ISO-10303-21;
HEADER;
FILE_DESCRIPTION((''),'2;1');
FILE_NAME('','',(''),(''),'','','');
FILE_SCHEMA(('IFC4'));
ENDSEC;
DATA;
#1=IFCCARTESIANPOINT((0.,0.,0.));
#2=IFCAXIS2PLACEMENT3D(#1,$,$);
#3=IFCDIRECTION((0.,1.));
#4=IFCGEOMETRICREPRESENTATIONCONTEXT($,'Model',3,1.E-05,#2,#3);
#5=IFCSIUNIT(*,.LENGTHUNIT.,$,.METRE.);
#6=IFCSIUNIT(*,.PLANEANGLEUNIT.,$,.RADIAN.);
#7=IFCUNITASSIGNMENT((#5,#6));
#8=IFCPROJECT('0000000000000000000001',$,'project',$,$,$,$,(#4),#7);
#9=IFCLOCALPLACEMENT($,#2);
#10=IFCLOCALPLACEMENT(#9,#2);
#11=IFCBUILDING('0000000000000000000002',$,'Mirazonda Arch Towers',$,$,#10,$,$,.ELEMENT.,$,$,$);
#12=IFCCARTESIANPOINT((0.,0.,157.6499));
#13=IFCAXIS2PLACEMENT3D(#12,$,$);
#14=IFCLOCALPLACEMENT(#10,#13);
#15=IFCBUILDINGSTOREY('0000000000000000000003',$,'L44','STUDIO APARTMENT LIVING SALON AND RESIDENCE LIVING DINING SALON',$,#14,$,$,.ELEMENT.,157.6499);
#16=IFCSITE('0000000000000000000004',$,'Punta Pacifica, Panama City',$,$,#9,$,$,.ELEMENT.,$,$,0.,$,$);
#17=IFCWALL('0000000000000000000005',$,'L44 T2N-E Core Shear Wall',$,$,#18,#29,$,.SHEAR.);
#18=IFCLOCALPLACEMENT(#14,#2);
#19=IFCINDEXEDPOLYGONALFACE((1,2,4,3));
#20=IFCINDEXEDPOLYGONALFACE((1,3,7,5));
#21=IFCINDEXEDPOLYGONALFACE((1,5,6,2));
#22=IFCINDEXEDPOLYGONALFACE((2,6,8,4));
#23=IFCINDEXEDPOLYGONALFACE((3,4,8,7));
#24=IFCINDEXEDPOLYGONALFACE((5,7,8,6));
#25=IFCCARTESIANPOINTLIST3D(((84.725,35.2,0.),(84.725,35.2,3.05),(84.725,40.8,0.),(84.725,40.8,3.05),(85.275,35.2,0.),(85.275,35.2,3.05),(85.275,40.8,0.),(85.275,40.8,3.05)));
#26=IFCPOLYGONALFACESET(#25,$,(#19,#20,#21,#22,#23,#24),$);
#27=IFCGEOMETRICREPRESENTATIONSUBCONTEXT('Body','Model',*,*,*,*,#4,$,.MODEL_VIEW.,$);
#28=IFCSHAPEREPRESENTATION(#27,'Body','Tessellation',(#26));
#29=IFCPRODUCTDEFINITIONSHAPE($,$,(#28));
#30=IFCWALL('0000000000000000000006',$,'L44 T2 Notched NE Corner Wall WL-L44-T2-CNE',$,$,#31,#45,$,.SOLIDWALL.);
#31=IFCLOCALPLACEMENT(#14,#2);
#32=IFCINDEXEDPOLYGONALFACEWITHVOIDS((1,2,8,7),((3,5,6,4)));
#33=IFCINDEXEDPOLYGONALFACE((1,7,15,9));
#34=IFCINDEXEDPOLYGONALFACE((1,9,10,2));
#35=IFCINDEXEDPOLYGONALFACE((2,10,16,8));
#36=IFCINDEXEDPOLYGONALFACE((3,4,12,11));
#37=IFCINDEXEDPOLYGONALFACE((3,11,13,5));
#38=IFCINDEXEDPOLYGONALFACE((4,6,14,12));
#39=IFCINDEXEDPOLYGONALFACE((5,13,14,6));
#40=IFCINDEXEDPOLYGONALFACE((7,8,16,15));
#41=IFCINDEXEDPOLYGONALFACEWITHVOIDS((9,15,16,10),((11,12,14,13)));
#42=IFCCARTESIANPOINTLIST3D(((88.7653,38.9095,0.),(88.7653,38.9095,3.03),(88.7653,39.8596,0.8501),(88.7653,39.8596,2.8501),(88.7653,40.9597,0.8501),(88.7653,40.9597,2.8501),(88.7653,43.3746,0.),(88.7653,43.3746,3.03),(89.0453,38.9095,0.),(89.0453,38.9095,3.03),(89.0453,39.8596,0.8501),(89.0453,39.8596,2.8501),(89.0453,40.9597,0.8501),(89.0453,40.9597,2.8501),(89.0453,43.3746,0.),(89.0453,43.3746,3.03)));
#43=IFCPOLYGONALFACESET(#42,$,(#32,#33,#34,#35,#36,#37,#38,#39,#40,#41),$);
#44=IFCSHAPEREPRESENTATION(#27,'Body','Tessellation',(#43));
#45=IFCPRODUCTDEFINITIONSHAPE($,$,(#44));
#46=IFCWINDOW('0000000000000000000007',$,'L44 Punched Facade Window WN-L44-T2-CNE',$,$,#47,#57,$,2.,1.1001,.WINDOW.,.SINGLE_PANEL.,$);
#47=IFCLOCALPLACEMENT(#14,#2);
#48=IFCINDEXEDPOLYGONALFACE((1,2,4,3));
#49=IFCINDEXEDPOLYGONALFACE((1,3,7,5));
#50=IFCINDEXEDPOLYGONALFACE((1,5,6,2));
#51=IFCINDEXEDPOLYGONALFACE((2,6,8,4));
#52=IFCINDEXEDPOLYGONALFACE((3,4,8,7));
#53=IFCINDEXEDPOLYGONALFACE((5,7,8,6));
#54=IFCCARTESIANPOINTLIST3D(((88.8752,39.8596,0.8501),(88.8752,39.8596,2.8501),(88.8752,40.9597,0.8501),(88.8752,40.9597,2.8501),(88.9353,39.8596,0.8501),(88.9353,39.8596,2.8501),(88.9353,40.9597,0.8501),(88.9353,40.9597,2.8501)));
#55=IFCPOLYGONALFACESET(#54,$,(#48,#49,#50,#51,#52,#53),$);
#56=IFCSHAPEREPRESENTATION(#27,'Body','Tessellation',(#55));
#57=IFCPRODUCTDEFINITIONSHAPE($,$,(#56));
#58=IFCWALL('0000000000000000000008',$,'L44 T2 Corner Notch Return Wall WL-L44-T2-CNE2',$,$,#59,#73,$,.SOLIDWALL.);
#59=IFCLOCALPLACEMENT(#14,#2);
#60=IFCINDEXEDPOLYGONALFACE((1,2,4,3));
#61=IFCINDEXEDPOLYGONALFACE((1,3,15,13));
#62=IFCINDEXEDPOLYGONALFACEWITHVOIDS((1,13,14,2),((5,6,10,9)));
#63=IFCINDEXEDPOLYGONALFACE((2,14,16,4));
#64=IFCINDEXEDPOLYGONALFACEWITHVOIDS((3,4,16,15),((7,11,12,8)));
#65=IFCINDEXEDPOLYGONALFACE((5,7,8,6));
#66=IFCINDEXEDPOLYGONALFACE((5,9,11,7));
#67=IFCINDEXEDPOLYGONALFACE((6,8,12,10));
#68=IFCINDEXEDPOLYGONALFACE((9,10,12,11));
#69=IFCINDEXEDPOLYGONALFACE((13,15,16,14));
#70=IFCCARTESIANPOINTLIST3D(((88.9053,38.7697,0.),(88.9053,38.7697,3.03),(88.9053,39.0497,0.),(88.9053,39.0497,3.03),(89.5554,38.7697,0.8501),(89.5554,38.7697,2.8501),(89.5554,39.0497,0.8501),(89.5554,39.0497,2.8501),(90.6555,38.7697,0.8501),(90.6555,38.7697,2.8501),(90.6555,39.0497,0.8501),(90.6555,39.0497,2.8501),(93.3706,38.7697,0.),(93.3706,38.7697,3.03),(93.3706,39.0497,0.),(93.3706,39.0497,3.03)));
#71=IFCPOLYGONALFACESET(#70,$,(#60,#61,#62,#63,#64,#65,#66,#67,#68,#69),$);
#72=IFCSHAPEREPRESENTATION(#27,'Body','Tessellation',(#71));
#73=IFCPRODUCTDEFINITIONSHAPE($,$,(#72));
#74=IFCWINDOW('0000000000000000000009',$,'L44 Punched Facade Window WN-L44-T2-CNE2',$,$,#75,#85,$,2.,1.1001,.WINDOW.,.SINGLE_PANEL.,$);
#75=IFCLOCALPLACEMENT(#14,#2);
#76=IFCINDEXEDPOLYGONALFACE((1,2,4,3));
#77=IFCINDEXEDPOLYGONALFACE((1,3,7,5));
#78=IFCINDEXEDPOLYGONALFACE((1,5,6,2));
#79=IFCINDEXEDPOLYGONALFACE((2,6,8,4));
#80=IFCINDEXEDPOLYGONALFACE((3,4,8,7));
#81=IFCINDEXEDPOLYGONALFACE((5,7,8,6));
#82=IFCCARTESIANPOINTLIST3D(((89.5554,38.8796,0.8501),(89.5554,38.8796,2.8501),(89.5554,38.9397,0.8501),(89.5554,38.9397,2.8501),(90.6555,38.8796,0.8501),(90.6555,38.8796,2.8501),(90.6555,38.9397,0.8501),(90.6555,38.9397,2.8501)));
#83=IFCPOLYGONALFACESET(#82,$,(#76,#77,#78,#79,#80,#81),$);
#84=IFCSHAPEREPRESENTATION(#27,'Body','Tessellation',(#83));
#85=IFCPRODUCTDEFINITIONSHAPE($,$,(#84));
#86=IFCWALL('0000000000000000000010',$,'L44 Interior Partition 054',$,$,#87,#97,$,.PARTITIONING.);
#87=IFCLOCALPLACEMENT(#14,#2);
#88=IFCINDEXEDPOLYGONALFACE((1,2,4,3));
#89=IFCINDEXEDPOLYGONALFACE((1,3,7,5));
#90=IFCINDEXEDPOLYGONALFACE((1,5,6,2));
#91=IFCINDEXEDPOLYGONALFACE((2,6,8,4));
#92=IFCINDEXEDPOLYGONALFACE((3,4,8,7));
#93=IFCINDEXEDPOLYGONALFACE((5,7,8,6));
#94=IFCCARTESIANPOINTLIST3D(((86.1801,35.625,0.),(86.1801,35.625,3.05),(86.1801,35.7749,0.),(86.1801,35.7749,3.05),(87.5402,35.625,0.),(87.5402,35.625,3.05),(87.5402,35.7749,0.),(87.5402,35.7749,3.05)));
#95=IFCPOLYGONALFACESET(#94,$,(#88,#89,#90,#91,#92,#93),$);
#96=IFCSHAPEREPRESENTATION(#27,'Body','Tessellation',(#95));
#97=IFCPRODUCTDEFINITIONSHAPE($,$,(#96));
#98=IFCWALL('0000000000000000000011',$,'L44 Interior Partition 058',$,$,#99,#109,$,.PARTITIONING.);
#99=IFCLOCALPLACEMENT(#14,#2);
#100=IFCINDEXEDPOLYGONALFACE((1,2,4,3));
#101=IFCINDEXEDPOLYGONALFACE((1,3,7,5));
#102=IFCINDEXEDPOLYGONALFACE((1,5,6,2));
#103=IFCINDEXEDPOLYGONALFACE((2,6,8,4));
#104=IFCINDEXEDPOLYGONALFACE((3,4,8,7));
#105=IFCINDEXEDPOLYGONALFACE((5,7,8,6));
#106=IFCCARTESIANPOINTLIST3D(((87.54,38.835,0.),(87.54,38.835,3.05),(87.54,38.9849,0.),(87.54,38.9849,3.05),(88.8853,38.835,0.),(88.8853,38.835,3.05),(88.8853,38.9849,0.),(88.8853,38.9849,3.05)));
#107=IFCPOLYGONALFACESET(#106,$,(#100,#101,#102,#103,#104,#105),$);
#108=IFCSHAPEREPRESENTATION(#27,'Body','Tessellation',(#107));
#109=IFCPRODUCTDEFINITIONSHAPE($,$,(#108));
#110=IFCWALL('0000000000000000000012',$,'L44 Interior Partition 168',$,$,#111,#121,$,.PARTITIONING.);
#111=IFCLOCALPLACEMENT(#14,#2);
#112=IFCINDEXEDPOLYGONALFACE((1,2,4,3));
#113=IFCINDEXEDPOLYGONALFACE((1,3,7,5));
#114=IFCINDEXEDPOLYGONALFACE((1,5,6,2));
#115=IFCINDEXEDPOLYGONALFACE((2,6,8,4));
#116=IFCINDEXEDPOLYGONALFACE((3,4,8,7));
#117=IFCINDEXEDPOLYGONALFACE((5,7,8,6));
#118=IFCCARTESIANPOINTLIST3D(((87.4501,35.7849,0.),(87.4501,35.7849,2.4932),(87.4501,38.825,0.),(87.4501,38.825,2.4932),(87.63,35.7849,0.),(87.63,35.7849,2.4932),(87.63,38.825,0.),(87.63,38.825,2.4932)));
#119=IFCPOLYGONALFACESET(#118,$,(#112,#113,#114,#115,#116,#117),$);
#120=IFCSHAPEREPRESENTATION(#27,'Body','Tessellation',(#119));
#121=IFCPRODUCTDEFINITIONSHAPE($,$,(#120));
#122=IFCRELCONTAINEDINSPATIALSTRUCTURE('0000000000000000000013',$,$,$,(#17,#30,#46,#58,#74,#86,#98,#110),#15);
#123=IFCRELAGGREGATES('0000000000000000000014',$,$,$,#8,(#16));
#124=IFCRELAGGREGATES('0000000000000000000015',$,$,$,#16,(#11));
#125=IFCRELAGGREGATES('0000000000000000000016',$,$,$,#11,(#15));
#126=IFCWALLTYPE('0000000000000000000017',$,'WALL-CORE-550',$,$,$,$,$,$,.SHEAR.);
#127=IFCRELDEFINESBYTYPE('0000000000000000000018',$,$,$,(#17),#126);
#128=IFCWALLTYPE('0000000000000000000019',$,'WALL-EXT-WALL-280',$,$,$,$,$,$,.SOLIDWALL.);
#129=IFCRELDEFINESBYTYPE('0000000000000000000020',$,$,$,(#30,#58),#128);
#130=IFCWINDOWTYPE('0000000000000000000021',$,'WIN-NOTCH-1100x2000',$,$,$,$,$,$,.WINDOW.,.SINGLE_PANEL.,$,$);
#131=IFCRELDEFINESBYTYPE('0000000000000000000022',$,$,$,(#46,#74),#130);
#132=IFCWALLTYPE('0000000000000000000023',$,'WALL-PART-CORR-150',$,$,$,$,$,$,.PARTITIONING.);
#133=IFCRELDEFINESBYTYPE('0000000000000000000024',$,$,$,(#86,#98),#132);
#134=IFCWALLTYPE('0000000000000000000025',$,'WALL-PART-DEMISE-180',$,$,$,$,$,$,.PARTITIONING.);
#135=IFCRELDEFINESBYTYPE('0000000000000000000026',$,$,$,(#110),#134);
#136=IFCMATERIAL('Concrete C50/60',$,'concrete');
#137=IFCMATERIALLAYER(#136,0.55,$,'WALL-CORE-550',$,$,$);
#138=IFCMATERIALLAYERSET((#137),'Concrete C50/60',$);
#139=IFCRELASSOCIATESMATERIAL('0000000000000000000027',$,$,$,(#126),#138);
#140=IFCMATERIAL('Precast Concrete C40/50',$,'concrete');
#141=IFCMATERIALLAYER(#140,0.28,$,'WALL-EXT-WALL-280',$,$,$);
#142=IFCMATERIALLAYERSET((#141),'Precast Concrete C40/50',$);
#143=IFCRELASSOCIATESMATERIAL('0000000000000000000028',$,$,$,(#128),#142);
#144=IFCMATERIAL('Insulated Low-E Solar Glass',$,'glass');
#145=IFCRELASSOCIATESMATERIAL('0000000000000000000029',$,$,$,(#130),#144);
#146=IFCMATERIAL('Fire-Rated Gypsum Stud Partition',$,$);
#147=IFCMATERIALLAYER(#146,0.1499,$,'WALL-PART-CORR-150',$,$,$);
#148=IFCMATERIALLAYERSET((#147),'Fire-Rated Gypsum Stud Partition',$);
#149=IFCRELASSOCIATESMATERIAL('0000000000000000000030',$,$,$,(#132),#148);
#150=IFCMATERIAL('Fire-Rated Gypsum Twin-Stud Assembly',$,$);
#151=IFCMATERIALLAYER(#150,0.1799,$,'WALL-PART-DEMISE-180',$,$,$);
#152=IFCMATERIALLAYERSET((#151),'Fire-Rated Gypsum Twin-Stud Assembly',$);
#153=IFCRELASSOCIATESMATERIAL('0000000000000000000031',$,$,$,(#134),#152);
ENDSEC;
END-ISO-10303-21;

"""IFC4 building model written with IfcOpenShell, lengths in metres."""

from ifc_helpers import new_model, si_unit, direction, frame, frame_2d, origin, place, context, subcontext, project, spatial, rectangle, extrude, material, layer, layer_set, type_object, element, fill, save


model = new_model("IFC4")

# Units and contexts
model_context = context("Model", 3, precision=1e-05, world=origin(), true_north=direction((0.0, 1.0)))
body_context = subcontext(model_context, "Body", "Model", "MODEL_VIEW")
ifc_project = project(units=[si_unit("LENGTHUNIT", "METRE"), si_unit("PLANEANGLEUNIT", "RADIAN")], contexts=[model_context])

# Site, building, storey
site_placement = place(None, origin())
site = spatial("IfcSite", under=ifc_project, at=site_placement, Name="Punta Pacifica, Panama City", CompositionType="ELEMENT", RefElevation=0.0)
building_placement = place(site_placement, origin())
building = spatial("IfcBuilding", under=site, at=building_placement, Name="Mirazonda Arch Towers", CompositionType="ELEMENT")
storey_placement = place(building_placement, frame((0.0, 0.0, 157.6499)))
storey = spatial("IfcBuildingStorey", under=building, at=storey_placement, Name="L44", Description="STUDIO APARTMENT LIVING SALON AND RESIDENCE LIVING DINING SALON", CompositionType="ELEMENT", Elevation=157.6499)

# Shared definitions
ifc_material_1 = material(Name="Concrete C50/60", Category="concrete")

# Shared definitions
ifc_material_2 = material(Name="Insulated Low-E Solar Glass", Category="glass")

# Wall
ifc_layer_1 = layer(ifc_material_1, 0.55, Name="WALL-CORE-550")
ifc_layer_set_1 = layer_set([ifc_layer_1], Name="Concrete C50/60")
wall_type_1 = type_object("IfcWallType", Name="WALL-CORE-550", PredefinedType="SHEAR", material=ifc_layer_set_1)
wall_1_placement = place(storey_placement, frame((85.0, 35.2, 0.0), z_axis=(0.0, 0.0, 1.0), x_axis=(0.0, 1.0, 0.0)))
element("IfcWall", 1, at=wall_1_placement, inside=storey, type_object=wall_type_1, Name="L44 T2N-E Core Shear Wall", PredefinedType="SHEAR", context=body_context, shape_type="SweptSolid", body=[
    extrude(rectangle(XDim=5.6001, YDim=0.55, at=frame_2d((2.8, 0.0))), origin(), (0.0, 0.0, 1.0), 3.05),
])

# Walls, openings, windows
ifc_material_3 = material(Name="Precast Concrete C40/50", Category="concrete")
ifc_layer_2 = layer(ifc_material_3, 0.28, Name="WALL-EXT-WALL-280")
ifc_layer_set_2 = layer_set([ifc_layer_2], Name="Precast Concrete C40/50")
wall_type_2 = type_object("IfcWallType", Name="WALL-EXT-WALL-280", PredefinedType="SOLIDWALL", material=ifc_layer_set_2)
wall_2_placement = place(storey_placement, frame((88.9053, 38.9097, 0.0), z_axis=(0.0, 0.0, 1.0), x_axis=(0.0, 1.0, 0.0)))
wall_2 = element("IfcWall", 2, at=wall_2_placement, inside=storey, type_object=wall_type_2, Name="L44 T2 Notched NE Corner Wall WL-L44-T2-CNE", PredefinedType="SOLIDWALL", context=body_context, shape_type="SweptSolid", body=[
    extrude(rectangle(XDim=4.4651, YDim=0.28, at=frame_2d((2.2324, 0.0))), origin(), (0.0, 0.0, 1.0), 3.03),
])
opening_1_placement = place(wall_2_placement, frame((0.95, 0.0, 0.8501)))
opening_1 = element("IfcOpeningElement", 3, at=opening_1_placement, cuts=wall_2, PredefinedType="OPENING", context=body_context, shape_type="SweptSolid", body=[
    extrude(rectangle(XDim=1.1001, YDim=2.0, at=frame_2d((0.55, 1.0))), frame((0.0, 0.1499, 0.0), z_axis=(0.0, -1.0, 0.0), x_axis=(1.0, 0.0, 0.0)), (0.0, 0.0, 1.0), 0.3),
])
window_type = type_object("IfcWindowType", Name="WIN-NOTCH-1100x2000", PartitioningType="SINGLE_PANEL", PredefinedType="WINDOW", material=ifc_material_2)
window_1_placement = place(opening_1_placement, origin())
window_1 = element("IfcWindow", 4, at=window_1_placement, inside=storey, type_object=window_type, Name="L44 Punched Facade Window WN-L44-T2-CNE", OverallHeight=2.0, OverallWidth=1.1001, PartitioningType="SINGLE_PANEL", PredefinedType="WINDOW", context=body_context, shape_type="SweptSolid", body=[
    extrude(rectangle(XDim=1.1001, YDim=2.0, at=frame_2d((0.55, 1.0))), frame((0.0, 0.03, 0.0), z_axis=(0.0, -1.0, 0.0), x_axis=(1.0, 0.0, 0.0)), (0.0, 0.0, 1.0), 0.0601),
])
fill(opening_1, window_1)
wall_3_placement = place(storey_placement, frame((93.3706, 38.9097, 0.0), z_axis=(0.0, 0.0, 1.0), x_axis=(-1.0, 0.0, 0.0)))
wall_3 = element("IfcWall", 5, at=wall_3_placement, inside=storey, type_object=wall_type_2, Name="L44 T2 Corner Notch Return Wall WL-L44-T2-CNE2", PredefinedType="SOLIDWALL", context=body_context, shape_type="SweptSolid", body=[
    extrude(rectangle(XDim=4.4653, YDim=0.28, at=frame_2d((2.2327, 0.0))), origin(), (0.0, 0.0, 1.0), 3.03),
])
opening_2_placement = place(wall_3_placement, frame((2.7151, 0.0, 0.8501)))
opening_2 = element("IfcOpeningElement", 6, at=opening_2_placement, cuts=wall_3, PredefinedType="OPENING", context=body_context, shape_type="SweptSolid", body=[
    extrude(rectangle(XDim=1.1001, YDim=2.0, at=frame_2d((0.55, 1.0))), frame((0.0, 0.1499, 0.0), z_axis=(0.0, -1.0, 0.0), x_axis=(1.0, 0.0, 0.0)), (0.0, 0.0, 1.0), 0.3),
])
window_2_placement = place(opening_2_placement, origin())
window_2 = element("IfcWindow", 7, at=window_2_placement, inside=storey, type_object=window_type, Name="L44 Punched Facade Window WN-L44-T2-CNE2", OverallHeight=2.0, OverallWidth=1.1001, PartitioningType="SINGLE_PANEL", PredefinedType="WINDOW", context=body_context, shape_type="SweptSolid", body=[
    extrude(rectangle(XDim=1.1001, YDim=2.0, at=frame_2d((0.55, 1.0))), frame((0.0, 0.03, 0.0), z_axis=(0.0, -1.0, 0.0), x_axis=(1.0, 0.0, 0.0)), (0.0, 0.0, 1.0), 0.0601),
])
fill(opening_2, window_2)

# Walls
ifc_material_4 = material(Name="Fire-Rated Gypsum Stud Partition")
ifc_layer_3 = layer(ifc_material_4, 0.1499, Name="WALL-PART-CORR-150")
ifc_layer_set_3 = layer_set([ifc_layer_3], Name="Fire-Rated Gypsum Stud Partition")
wall_type_3 = type_object("IfcWallType", Name="WALL-PART-CORR-150", PredefinedType="PARTITIONING", material=ifc_layer_set_3)
wall_4_placement = place(storey_placement, frame((86.1799, 35.7, 0.0), z_axis=(0.0, 0.0, 1.0), x_axis=(1.0, 0.0, 0.0)))
element("IfcWall", 8, at=wall_4_placement, inside=storey, type_object=wall_type_3, Name="L44 Interior Partition 054", PredefinedType="PARTITIONING", context=body_context, shape_type="SweptSolid", body=[
    extrude(rectangle(XDim=1.3601, YDim=0.1499, at=frame_2d((0.6802, 0.0))), origin(), (0.0, 0.0, 1.0), 3.05),
])
wall_5_placement = place(storey_placement, frame((87.54, 38.9099, 0.0), z_axis=(0.0, 0.0, 1.0), x_axis=(1.0, 0.0, 0.0)))
element("IfcWall", 9, at=wall_5_placement, inside=storey, type_object=wall_type_3, Name="L44 Interior Partition 058", PredefinedType="PARTITIONING", context=body_context, shape_type="SweptSolid", body=[
    extrude(rectangle(XDim=1.3452, YDim=0.1499, at=frame_2d((0.6726, 0.0))), origin(), (0.0, 0.0, 1.0), 3.05),
])
ifc_material_5 = material(Name="Fire-Rated Gypsum Twin-Stud Assembly")
ifc_layer_4 = layer(ifc_material_5, 0.1799, Name="WALL-PART-DEMISE-180")
ifc_layer_set_4 = layer_set([ifc_layer_4], Name="Fire-Rated Gypsum Twin-Stud Assembly")
wall_type_4 = type_object("IfcWallType", Name="WALL-PART-DEMISE-180", PredefinedType="PARTITIONING", material=ifc_layer_set_4)
wall_6_placement = place(storey_placement, frame((87.54, 35.7849, 0.0), z_axis=(0.0, 0.0, 1.0), x_axis=(0.0, 1.0, 0.0)))
element("IfcWall", 10, at=wall_6_placement, inside=storey, type_object=wall_type_4, Name="L44 Interior Partition 168", PredefinedType="PARTITIONING", context=body_context, shape_type="SweptSolid", body=[
    extrude(rectangle(XDim=3.04, YDim=0.1799, at=frame_2d((1.52, 0.0))), origin(), (0.0, 0.0, 1.0), 2.4932),
])

save(model, "model.ifc")
